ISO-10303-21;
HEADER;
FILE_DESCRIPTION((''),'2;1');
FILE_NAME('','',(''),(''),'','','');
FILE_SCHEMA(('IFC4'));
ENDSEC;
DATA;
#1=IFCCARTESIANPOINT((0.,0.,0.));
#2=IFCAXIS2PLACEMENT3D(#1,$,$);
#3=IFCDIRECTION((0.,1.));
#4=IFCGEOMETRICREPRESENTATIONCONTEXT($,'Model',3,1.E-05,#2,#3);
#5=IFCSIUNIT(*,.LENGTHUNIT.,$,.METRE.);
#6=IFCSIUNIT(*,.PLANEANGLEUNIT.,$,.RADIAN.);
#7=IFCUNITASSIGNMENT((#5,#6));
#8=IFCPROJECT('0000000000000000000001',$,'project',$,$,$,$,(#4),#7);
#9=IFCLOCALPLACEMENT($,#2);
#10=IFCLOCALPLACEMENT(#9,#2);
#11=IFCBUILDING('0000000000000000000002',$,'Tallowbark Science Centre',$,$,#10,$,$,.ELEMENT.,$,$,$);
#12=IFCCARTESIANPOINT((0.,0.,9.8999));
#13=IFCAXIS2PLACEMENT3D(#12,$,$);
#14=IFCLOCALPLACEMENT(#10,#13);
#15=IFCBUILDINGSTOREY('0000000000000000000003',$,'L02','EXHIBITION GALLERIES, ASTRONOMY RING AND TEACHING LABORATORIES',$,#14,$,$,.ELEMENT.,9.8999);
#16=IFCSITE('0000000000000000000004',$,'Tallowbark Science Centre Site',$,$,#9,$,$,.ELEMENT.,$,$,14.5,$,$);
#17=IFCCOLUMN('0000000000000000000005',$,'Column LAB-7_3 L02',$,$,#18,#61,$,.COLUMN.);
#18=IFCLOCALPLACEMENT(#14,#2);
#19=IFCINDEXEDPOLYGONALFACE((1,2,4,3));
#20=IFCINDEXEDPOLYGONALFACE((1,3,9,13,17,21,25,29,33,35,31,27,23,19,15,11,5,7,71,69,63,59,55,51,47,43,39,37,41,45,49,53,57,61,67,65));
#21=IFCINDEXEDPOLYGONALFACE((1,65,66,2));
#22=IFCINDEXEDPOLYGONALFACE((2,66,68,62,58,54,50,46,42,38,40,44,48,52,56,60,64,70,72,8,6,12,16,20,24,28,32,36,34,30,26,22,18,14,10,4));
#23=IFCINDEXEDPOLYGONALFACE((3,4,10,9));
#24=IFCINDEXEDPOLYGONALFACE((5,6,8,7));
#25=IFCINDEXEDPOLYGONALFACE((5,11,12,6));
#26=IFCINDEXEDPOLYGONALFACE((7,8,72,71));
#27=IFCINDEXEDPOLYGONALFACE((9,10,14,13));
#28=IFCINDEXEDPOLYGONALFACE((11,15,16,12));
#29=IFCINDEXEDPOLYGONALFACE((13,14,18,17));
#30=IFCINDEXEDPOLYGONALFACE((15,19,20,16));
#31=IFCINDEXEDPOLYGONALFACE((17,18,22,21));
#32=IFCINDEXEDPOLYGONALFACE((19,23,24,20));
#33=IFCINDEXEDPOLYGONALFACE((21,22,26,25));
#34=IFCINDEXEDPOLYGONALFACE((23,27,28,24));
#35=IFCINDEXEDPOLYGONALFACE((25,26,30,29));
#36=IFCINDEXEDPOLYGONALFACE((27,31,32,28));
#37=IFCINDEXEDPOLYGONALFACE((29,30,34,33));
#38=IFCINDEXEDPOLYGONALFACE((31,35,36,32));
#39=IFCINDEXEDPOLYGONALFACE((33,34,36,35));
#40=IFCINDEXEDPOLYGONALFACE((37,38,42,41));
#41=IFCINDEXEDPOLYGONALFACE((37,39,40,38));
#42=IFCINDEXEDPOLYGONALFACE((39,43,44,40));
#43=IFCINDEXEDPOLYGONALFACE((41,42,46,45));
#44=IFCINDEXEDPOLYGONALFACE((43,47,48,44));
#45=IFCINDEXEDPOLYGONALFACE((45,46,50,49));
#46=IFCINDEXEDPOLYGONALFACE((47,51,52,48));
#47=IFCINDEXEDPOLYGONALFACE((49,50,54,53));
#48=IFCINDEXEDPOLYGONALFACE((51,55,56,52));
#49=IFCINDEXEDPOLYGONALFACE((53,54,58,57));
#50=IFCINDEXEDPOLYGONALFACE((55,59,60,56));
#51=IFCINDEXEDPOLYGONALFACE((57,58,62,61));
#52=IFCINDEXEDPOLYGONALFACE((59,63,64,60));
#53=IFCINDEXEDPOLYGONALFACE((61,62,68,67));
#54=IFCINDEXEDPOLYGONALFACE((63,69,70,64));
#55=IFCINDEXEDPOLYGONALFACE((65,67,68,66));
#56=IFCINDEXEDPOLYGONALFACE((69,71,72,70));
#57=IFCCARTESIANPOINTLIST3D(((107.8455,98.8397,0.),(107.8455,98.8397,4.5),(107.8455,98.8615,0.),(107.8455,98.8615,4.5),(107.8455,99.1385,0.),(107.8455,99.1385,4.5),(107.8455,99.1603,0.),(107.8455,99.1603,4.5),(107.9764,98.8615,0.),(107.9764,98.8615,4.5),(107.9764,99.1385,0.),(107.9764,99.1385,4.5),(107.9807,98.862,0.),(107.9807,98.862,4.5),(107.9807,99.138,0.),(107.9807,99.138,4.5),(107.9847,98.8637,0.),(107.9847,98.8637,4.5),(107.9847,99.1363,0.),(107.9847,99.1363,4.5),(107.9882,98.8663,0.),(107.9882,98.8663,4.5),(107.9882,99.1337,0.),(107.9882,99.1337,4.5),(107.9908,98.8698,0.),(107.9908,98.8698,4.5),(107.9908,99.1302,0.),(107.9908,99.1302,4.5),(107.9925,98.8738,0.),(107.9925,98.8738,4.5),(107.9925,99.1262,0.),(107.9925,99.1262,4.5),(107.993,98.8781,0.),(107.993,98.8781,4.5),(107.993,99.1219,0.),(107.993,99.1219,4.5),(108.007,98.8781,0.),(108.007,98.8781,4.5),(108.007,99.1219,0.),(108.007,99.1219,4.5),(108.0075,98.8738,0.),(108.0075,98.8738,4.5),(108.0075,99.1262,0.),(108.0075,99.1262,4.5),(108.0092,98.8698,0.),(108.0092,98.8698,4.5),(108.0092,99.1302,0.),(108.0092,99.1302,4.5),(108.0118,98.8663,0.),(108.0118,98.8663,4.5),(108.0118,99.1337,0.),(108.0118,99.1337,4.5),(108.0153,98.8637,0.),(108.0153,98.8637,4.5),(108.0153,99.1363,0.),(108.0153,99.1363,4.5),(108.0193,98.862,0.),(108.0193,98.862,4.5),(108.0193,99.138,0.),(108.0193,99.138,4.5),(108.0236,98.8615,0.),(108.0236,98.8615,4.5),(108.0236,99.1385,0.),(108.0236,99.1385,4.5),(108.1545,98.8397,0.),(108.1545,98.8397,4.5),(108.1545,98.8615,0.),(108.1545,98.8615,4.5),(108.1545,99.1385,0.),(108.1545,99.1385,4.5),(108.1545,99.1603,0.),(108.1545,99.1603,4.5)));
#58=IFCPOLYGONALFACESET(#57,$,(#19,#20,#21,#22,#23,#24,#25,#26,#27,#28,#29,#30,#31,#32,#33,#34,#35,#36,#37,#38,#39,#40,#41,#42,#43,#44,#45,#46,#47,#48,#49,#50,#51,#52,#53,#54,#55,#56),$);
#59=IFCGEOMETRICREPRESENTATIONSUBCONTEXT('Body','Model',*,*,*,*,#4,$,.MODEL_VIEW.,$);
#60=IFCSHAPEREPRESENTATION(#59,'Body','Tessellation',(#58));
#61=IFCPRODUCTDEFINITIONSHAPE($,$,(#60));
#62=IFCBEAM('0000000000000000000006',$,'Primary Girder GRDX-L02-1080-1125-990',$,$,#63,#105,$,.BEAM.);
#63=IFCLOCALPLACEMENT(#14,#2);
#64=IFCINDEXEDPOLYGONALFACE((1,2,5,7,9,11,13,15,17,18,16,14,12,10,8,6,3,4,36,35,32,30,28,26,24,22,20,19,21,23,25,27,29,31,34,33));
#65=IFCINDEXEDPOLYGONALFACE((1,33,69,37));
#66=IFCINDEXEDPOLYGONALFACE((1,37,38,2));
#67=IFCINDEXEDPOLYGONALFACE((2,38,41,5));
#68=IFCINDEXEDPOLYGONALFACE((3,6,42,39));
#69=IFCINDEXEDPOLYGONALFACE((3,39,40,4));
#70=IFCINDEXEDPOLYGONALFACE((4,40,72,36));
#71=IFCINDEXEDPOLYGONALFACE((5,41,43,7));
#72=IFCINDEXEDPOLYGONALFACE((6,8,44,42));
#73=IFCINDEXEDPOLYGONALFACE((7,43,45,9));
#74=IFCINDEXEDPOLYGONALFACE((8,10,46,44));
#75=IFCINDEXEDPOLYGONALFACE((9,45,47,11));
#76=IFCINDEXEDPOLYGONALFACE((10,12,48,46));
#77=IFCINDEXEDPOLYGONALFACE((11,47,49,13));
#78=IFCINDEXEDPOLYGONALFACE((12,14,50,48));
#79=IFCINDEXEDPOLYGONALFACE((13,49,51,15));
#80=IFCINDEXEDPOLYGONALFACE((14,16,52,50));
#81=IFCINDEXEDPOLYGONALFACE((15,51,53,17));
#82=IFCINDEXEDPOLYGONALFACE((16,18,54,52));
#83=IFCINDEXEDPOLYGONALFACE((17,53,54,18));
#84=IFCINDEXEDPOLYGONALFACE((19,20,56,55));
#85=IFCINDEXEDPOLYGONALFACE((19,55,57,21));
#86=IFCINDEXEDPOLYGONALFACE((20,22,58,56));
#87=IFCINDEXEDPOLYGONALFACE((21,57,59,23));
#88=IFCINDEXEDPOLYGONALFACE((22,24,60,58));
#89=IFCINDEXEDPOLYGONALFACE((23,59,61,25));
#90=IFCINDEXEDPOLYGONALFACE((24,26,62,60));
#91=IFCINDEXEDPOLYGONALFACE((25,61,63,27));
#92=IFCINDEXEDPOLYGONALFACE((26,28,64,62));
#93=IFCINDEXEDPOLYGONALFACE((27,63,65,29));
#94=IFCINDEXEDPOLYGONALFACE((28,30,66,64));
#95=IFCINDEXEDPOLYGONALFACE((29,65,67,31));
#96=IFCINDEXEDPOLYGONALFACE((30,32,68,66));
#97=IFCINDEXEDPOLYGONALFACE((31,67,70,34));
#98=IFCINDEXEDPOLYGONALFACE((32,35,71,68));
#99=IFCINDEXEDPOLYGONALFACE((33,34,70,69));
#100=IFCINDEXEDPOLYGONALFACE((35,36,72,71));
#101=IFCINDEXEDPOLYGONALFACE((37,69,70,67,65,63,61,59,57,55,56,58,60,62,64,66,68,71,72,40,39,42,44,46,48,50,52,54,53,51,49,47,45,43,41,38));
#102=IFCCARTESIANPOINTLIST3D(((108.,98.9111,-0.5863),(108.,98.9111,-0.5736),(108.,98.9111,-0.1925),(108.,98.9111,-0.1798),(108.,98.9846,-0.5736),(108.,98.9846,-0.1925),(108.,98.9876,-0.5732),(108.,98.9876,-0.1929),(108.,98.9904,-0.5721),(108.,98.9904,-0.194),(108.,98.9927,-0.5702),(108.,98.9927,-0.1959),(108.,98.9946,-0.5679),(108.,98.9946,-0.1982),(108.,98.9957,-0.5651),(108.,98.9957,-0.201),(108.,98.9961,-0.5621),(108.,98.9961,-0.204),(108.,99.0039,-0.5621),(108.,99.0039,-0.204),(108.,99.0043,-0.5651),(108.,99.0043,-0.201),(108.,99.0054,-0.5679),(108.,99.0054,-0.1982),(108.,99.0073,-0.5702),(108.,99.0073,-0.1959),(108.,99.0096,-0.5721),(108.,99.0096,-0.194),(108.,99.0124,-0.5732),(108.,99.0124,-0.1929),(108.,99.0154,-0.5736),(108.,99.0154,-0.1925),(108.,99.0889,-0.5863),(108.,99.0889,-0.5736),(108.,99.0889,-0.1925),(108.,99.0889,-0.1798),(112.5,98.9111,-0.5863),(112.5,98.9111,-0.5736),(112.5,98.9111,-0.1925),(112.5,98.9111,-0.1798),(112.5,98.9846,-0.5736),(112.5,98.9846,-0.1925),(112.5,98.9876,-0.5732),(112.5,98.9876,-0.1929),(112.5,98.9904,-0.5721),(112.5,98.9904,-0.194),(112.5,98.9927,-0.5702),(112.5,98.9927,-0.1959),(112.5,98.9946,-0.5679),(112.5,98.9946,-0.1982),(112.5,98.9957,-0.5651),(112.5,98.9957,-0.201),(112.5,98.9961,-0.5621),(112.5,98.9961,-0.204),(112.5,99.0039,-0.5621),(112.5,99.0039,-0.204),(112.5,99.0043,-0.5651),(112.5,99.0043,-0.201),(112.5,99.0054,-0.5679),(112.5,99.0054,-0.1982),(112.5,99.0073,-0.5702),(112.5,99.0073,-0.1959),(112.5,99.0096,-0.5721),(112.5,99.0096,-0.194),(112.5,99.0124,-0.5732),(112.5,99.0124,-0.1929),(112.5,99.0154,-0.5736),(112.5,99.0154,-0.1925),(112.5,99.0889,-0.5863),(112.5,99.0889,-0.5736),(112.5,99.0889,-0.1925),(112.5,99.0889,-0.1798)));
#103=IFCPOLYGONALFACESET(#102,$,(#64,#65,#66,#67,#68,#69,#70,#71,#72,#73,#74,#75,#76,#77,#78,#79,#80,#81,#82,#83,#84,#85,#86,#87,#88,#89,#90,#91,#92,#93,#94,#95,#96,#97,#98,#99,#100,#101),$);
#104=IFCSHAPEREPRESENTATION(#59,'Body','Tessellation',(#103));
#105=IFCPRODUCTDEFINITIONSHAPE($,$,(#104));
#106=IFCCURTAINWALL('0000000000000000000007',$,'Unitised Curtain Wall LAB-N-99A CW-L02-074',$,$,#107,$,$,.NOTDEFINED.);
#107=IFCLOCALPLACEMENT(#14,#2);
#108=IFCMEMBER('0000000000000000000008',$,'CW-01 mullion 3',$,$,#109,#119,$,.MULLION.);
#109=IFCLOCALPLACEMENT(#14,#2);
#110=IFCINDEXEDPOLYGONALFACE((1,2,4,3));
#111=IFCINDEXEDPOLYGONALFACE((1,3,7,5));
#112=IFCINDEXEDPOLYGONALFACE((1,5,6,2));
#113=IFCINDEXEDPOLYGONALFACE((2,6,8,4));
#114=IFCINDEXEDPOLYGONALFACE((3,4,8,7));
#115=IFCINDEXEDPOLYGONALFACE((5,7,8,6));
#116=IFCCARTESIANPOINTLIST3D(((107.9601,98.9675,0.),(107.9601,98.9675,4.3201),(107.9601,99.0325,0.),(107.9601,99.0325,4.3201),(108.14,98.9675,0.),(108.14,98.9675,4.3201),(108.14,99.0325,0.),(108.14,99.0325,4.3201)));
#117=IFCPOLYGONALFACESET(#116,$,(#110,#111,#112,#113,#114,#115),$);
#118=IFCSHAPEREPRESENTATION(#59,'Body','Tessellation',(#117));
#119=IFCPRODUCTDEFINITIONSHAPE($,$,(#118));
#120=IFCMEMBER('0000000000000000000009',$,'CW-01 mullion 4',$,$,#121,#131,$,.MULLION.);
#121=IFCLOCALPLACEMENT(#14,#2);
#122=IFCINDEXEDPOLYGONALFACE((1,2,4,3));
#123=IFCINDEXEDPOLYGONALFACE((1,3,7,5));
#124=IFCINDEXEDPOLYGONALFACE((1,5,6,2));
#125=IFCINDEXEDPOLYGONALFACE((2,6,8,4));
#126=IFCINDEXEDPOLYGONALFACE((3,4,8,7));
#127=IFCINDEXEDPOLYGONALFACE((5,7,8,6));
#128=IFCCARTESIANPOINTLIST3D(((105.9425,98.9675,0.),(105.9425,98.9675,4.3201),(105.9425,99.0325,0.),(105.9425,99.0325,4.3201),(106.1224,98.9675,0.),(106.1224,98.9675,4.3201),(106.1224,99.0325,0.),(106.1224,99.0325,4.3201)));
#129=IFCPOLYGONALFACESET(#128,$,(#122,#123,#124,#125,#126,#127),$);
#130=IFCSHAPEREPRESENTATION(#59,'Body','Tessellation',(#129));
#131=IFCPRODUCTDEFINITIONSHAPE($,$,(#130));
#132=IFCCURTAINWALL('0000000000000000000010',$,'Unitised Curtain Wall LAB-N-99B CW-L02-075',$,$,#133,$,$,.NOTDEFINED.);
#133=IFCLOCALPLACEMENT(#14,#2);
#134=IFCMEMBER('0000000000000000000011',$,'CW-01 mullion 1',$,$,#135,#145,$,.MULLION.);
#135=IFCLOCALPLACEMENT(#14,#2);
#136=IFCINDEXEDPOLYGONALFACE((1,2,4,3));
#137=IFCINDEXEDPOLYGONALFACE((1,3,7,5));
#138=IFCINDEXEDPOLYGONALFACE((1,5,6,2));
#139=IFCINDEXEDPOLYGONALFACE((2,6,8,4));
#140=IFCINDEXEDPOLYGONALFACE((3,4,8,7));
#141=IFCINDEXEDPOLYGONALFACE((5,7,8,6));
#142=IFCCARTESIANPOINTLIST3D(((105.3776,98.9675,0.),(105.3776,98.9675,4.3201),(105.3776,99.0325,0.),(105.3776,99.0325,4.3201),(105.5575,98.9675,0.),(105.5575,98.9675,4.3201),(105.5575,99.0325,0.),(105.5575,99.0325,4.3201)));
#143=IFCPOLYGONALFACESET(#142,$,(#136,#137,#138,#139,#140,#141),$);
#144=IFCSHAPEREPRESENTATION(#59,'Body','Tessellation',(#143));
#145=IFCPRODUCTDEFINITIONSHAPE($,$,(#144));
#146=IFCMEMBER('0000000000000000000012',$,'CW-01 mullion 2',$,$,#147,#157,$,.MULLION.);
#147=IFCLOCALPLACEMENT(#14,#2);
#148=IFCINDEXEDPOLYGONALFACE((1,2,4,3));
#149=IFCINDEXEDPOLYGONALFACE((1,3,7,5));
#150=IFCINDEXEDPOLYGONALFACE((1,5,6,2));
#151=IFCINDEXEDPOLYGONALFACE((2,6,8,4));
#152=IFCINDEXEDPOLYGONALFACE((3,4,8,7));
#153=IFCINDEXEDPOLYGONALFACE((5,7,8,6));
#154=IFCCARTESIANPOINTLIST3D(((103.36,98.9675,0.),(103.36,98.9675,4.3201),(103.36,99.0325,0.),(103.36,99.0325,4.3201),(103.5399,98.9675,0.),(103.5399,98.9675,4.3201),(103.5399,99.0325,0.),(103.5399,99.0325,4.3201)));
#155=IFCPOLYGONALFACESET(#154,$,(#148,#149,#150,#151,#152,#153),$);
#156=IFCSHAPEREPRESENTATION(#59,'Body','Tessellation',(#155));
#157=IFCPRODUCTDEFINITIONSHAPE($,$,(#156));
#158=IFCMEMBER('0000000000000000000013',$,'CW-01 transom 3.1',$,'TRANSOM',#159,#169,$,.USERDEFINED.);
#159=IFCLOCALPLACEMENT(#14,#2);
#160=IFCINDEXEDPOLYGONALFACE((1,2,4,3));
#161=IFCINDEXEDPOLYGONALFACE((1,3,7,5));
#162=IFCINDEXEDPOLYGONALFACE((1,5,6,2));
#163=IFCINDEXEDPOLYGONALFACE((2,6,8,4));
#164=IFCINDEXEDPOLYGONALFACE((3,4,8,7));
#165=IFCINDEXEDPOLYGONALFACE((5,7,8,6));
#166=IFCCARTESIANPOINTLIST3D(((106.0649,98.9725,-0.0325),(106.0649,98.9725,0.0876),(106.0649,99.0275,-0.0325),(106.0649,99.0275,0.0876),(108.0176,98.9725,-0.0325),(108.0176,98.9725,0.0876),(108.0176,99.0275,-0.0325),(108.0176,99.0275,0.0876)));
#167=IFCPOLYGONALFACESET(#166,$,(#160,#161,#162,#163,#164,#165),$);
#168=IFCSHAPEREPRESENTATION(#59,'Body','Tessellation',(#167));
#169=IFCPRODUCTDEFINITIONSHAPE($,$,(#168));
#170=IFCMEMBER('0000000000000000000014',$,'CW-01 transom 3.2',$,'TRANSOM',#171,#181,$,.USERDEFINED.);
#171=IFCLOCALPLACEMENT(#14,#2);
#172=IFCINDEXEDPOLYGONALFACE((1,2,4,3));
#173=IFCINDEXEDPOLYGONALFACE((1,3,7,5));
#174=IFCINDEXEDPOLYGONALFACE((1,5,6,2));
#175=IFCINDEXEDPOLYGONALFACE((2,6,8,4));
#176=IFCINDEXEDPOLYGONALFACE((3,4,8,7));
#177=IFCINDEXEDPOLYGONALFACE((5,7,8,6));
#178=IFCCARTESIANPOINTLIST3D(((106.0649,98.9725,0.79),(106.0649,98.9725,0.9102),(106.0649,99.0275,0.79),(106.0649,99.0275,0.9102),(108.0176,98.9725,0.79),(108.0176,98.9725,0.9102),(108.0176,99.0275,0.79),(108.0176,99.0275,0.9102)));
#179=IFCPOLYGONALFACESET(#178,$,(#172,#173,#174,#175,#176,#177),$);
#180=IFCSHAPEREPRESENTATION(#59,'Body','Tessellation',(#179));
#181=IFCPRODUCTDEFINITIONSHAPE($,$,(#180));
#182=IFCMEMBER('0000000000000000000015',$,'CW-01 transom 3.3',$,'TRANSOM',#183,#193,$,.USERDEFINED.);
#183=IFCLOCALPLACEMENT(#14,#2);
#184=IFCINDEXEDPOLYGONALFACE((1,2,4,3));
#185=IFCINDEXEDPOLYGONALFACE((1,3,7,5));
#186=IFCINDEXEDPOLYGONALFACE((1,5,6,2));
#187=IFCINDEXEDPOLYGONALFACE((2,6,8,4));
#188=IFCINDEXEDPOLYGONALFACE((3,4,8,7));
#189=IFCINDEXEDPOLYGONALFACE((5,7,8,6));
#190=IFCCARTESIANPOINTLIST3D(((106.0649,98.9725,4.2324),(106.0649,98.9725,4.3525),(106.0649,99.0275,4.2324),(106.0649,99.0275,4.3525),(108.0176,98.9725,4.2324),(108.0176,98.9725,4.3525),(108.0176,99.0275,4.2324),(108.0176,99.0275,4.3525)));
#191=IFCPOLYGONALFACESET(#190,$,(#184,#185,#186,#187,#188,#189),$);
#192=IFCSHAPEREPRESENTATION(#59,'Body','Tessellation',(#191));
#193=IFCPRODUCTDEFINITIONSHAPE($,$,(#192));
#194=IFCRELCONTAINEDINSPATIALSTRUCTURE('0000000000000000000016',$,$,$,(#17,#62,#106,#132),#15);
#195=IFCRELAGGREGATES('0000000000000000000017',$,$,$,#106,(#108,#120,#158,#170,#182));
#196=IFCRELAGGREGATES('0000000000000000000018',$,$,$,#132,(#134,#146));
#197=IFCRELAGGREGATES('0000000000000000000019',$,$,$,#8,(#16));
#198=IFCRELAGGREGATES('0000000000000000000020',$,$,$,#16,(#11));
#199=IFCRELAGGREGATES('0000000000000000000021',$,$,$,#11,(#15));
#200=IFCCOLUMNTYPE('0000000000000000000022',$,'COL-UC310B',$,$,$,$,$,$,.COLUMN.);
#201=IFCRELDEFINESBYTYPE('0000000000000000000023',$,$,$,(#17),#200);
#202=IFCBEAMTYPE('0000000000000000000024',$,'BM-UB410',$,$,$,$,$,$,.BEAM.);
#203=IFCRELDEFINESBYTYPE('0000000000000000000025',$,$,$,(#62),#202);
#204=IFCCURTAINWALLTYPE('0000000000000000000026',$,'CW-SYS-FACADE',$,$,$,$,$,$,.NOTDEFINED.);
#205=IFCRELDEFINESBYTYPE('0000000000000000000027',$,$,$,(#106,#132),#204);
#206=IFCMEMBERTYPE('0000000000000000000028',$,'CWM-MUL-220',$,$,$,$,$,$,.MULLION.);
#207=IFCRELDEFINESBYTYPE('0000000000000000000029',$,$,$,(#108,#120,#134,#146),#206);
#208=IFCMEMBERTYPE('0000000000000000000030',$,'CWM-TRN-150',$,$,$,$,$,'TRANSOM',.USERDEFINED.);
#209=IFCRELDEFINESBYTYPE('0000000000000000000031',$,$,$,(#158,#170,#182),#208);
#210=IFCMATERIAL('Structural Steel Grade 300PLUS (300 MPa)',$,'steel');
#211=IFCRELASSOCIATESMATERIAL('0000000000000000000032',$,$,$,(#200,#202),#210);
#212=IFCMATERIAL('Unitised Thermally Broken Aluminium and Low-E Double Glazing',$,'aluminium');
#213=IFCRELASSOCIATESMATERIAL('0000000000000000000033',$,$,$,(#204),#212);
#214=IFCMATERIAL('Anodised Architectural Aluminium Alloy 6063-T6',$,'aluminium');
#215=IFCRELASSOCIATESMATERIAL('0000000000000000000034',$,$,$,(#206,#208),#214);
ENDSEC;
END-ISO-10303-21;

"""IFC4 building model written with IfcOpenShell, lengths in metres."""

from ifc_helpers import new_model, si_unit, direction, frame, origin, origin_2d, place, context, subcontext, project, spatial, rectangle, i_section, extrude, material, material_profile, profile_set, type_object, element, aggregate, save


model = new_model("IFC4")

# Units and contexts
model_context = context("Model", 3, precision=1e-05, world=origin(), true_north=direction((0.0, 1.0)))
body_context = subcontext(model_context, "Body", "Model", "MODEL_VIEW")
ifc_project = project(units=[si_unit("LENGTHUNIT", "METRE"), si_unit("PLANEANGLEUNIT", "RADIAN")], contexts=[model_context])

# Site, building, storey
site_placement = place(None, origin())
site = spatial("IfcSite", under=ifc_project, at=site_placement, Name="Tallowbark Science Centre Site", CompositionType="ELEMENT", RefElevation=14.5)
building_placement = place(site_placement, origin())
building = spatial("IfcBuilding", under=site, at=building_placement, Name="Tallowbark Science Centre", CompositionType="ELEMENT")
storey_placement = place(building_placement, frame((0.0, 0.0, 9.8999)))
storey = spatial("IfcBuildingStorey", under=building, at=storey_placement, Name="L02", Description="EXHIBITION GALLERIES, ASTRONOMY RING AND TEACHING LABORATORIES", CompositionType="ELEMENT", Elevation=9.8999)

# Column
ifc_material_1 = material(Name="Structural Steel Grade 300PLUS (300 MPa)", Category="steel")
ifc_material_profile_1 = material_profile(ifc_material_1, i_section(OverallWidth=0.3091, OverallDepth=0.3206, WebThickness=0.0139, FlangeThickness=0.0217, FilletRadius=0.0166, at=origin_2d()), Name="310UC137")
ifc_profile_set_1 = profile_set([ifc_material_profile_1], Name="Structural Steel Grade 300PLUS (300 MPa)")
column_type = type_object("IfcColumnType", Name="COL-UC310B", PredefinedType="COLUMN", material=ifc_profile_set_1)
column_placement = place(storey_placement, frame((108.0, 99.0, 0.0), z_axis=(0.0, 0.0, 1.0), x_axis=(1.0, 0.0, 0.0)))
element("IfcColumn", 1, at=column_placement, inside=storey, type_object=column_type, Name="Column LAB-7_3 L02", PredefinedType="COLUMN", context=body_context, shape_type="SweptSolid", body=[
    extrude(i_section(OverallWidth=0.3091, OverallDepth=0.3206, WebThickness=0.0139, FlangeThickness=0.0217, FilletRadius=0.0166, at=origin_2d()), origin(), (0.0, 0.0, 1.0), 4.5),
])

# Beam
ifc_material_profile_2 = material_profile(ifc_material_1, i_section(OverallWidth=0.1777, OverallDepth=0.4065, WebThickness=0.0078, FlangeThickness=0.0127, FilletRadius=0.0115, at=origin_2d()), Name="410UB59.7")
ifc_profile_set_2 = profile_set([ifc_material_profile_2], Name="Structural Steel Grade 300PLUS (300 MPa)")
beam_type = type_object("IfcBeamType", Name="BM-UB410", PredefinedType="BEAM", material=ifc_profile_set_2)
beam_placement = place(storey_placement, frame((108.0, 99.0, -0.3831), z_axis=(1.0, 0.0, 0.0), x_axis=(0.0, 1.0, 0.0)))
element("IfcBeam", 2, at=beam_placement, inside=storey, type_object=beam_type, Name="Primary Girder GRDX-L02-1080-1125-990", PredefinedType="BEAM", context=body_context, shape_type="SweptSolid", body=[
    extrude(i_section(OverallWidth=0.1777, OverallDepth=0.4065, WebThickness=0.0078, FlangeThickness=0.0127, FilletRadius=0.0115, at=origin_2d()), origin(), (0.0, 0.0, 1.0), 4.5),
])

# Curtain walls, members
ifc_material_2 = material(Name="Unitised Thermally Broken Aluminium and Low-E Double Glazing", Category="aluminium")
curtain_wall_type = type_object("IfcCurtainWallType", Name="CW-SYS-FACADE", PredefinedType="NOTDEFINED", material=ifc_material_2)
curtain_wall_1_placement = place(storey_placement, origin())
curtain_wall_1 = element("IfcCurtainWall", 3, at=curtain_wall_1_placement, inside=storey, type_object=curtain_wall_type, Name="Unitised Curtain Wall LAB-N-99A CW-L02-074", PredefinedType="NOTDEFINED")
ifc_material_3 = material(Name="Anodised Architectural Aluminium Alloy 6063-T6", Category="aluminium")
ifc_material_profile_3 = material_profile(ifc_material_3, rectangle(XDim=0.0649, YDim=0.1799, at=origin_2d()), Name="ALU65x180")
ifc_profile_set_3 = profile_set([ifc_material_profile_3], Name="Anodised Architectural Aluminium Alloy 6063-T6")
member_type_1 = type_object("IfcMemberType", Name="CWM-MUL-220", PredefinedType="MULLION", material=ifc_profile_set_3)
member_1_placement = place(storey_placement, frame((108.05, 99.0, 0.0), z_axis=(0.0, 0.0, 1.0), x_axis=(0.0, -1.0, 0.0)))
member_1 = element("IfcMember", 4, at=member_1_placement, type_object=member_type_1, Name="CW-01 mullion 3", PredefinedType="MULLION", context=body_context, shape_type="SweptSolid", body=[
    extrude(rectangle(XDim=0.0649, YDim=0.1799, at=origin_2d()), origin(), (0.0, 0.0, 1.0), 4.3201),
])
member_2_placement = place(storey_placement, frame((106.0325, 99.0, 0.0), z_axis=(0.0, 0.0, 1.0), x_axis=(0.0, -1.0, 0.0)))
member_2 = element("IfcMember", 5, at=member_2_placement, type_object=member_type_1, Name="CW-01 mullion 4", PredefinedType="MULLION", context=body_context, shape_type="SweptSolid", body=[
    extrude(rectangle(XDim=0.0649, YDim=0.1799, at=origin_2d()), origin(), (0.0, 0.0, 1.0), 4.3201),
])
curtain_wall_2_placement = place(storey_placement, origin())
curtain_wall_2 = element("IfcCurtainWall", 6, at=curtain_wall_2_placement, inside=storey, type_object=curtain_wall_type, Name="Unitised Curtain Wall LAB-N-99B CW-L02-075", PredefinedType="NOTDEFINED")
member_3_placement = place(storey_placement, frame((105.4675, 99.0, 0.0), z_axis=(0.0, 0.0, 1.0), x_axis=(0.0, -1.0, 0.0)))
member_3 = element("IfcMember", 7, at=member_3_placement, type_object=member_type_1, Name="CW-01 mullion 1", PredefinedType="MULLION", context=body_context, shape_type="SweptSolid", body=[
    extrude(rectangle(XDim=0.0649, YDim=0.1799, at=origin_2d()), origin(), (0.0, 0.0, 1.0), 4.3201),
])
member_4_placement = place(storey_placement, frame((103.45, 99.0, 0.0), z_axis=(0.0, 0.0, 1.0), x_axis=(0.0, -1.0, 0.0)))
member_4 = element("IfcMember", 8, at=member_4_placement, type_object=member_type_1, Name="CW-01 mullion 2", PredefinedType="MULLION", context=body_context, shape_type="SweptSolid", body=[
    extrude(rectangle(XDim=0.0649, YDim=0.1799, at=origin_2d()), origin(), (0.0, 0.0, 1.0), 4.3201),
])

# Members
ifc_material_profile_4 = material_profile(ifc_material_3, rectangle(XDim=0.0549, YDim=0.1201, at=origin_2d()), Name="ALU55x120")
ifc_profile_set_4 = profile_set([ifc_material_profile_4], Name="Anodised Architectural Aluminium Alloy 6063-T6")
member_type_2 = type_object("IfcMemberType", Name="CWM-TRN-150", ElementType="TRANSOM", PredefinedType="USERDEFINED", material=ifc_profile_set_4)
member_5_placement = place(storey_placement, frame((108.0176, 99.0, 0.0276), z_axis=(-1.0, 0.0, 0.0), x_axis=(0.0, -1.0, 0.0)))
member_5 = element("IfcMember", 9, at=member_5_placement, type_object=member_type_2, Name="CW-01 transom 3.1", ObjectType="TRANSOM", PredefinedType="USERDEFINED", context=body_context, shape_type="SweptSolid", body=[
    extrude(rectangle(XDim=0.0549, YDim=0.1201, at=origin_2d()), origin(), (0.0, 0.0, 1.0), 1.9526),
])
member_6_placement = place(storey_placement, frame((108.0176, 99.0, 0.8501), z_axis=(-1.0, 0.0, 0.0), x_axis=(0.0, -1.0, 0.0)))
member_6 = element("IfcMember", 10, at=member_6_placement, type_object=member_type_2, Name="CW-01 transom 3.2", ObjectType="TRANSOM", PredefinedType="USERDEFINED", context=body_context, shape_type="SweptSolid", body=[
    extrude(rectangle(XDim=0.0549, YDim=0.1201, at=origin_2d()), origin(), (0.0, 0.0, 1.0), 1.9526),
])
member_7_placement = place(storey_placement, frame((108.0176, 99.0, 4.2925), z_axis=(-1.0, 0.0, 0.0), x_axis=(0.0, -1.0, 0.0)))
member_7 = element("IfcMember", 11, at=member_7_placement, type_object=member_type_2, Name="CW-01 transom 3.3", ObjectType="TRANSOM", PredefinedType="USERDEFINED", context=body_context, shape_type="SweptSolid", body=[
    extrude(rectangle(XDim=0.0549, YDim=0.1201, at=origin_2d()), origin(), (0.0, 0.0, 1.0), 1.9526),
])

aggregate(curtain_wall_1, [member_1, member_2, member_5, member_6, member_7])
aggregate(curtain_wall_2, [member_3, member_4])

save(model, "model.ifc")
